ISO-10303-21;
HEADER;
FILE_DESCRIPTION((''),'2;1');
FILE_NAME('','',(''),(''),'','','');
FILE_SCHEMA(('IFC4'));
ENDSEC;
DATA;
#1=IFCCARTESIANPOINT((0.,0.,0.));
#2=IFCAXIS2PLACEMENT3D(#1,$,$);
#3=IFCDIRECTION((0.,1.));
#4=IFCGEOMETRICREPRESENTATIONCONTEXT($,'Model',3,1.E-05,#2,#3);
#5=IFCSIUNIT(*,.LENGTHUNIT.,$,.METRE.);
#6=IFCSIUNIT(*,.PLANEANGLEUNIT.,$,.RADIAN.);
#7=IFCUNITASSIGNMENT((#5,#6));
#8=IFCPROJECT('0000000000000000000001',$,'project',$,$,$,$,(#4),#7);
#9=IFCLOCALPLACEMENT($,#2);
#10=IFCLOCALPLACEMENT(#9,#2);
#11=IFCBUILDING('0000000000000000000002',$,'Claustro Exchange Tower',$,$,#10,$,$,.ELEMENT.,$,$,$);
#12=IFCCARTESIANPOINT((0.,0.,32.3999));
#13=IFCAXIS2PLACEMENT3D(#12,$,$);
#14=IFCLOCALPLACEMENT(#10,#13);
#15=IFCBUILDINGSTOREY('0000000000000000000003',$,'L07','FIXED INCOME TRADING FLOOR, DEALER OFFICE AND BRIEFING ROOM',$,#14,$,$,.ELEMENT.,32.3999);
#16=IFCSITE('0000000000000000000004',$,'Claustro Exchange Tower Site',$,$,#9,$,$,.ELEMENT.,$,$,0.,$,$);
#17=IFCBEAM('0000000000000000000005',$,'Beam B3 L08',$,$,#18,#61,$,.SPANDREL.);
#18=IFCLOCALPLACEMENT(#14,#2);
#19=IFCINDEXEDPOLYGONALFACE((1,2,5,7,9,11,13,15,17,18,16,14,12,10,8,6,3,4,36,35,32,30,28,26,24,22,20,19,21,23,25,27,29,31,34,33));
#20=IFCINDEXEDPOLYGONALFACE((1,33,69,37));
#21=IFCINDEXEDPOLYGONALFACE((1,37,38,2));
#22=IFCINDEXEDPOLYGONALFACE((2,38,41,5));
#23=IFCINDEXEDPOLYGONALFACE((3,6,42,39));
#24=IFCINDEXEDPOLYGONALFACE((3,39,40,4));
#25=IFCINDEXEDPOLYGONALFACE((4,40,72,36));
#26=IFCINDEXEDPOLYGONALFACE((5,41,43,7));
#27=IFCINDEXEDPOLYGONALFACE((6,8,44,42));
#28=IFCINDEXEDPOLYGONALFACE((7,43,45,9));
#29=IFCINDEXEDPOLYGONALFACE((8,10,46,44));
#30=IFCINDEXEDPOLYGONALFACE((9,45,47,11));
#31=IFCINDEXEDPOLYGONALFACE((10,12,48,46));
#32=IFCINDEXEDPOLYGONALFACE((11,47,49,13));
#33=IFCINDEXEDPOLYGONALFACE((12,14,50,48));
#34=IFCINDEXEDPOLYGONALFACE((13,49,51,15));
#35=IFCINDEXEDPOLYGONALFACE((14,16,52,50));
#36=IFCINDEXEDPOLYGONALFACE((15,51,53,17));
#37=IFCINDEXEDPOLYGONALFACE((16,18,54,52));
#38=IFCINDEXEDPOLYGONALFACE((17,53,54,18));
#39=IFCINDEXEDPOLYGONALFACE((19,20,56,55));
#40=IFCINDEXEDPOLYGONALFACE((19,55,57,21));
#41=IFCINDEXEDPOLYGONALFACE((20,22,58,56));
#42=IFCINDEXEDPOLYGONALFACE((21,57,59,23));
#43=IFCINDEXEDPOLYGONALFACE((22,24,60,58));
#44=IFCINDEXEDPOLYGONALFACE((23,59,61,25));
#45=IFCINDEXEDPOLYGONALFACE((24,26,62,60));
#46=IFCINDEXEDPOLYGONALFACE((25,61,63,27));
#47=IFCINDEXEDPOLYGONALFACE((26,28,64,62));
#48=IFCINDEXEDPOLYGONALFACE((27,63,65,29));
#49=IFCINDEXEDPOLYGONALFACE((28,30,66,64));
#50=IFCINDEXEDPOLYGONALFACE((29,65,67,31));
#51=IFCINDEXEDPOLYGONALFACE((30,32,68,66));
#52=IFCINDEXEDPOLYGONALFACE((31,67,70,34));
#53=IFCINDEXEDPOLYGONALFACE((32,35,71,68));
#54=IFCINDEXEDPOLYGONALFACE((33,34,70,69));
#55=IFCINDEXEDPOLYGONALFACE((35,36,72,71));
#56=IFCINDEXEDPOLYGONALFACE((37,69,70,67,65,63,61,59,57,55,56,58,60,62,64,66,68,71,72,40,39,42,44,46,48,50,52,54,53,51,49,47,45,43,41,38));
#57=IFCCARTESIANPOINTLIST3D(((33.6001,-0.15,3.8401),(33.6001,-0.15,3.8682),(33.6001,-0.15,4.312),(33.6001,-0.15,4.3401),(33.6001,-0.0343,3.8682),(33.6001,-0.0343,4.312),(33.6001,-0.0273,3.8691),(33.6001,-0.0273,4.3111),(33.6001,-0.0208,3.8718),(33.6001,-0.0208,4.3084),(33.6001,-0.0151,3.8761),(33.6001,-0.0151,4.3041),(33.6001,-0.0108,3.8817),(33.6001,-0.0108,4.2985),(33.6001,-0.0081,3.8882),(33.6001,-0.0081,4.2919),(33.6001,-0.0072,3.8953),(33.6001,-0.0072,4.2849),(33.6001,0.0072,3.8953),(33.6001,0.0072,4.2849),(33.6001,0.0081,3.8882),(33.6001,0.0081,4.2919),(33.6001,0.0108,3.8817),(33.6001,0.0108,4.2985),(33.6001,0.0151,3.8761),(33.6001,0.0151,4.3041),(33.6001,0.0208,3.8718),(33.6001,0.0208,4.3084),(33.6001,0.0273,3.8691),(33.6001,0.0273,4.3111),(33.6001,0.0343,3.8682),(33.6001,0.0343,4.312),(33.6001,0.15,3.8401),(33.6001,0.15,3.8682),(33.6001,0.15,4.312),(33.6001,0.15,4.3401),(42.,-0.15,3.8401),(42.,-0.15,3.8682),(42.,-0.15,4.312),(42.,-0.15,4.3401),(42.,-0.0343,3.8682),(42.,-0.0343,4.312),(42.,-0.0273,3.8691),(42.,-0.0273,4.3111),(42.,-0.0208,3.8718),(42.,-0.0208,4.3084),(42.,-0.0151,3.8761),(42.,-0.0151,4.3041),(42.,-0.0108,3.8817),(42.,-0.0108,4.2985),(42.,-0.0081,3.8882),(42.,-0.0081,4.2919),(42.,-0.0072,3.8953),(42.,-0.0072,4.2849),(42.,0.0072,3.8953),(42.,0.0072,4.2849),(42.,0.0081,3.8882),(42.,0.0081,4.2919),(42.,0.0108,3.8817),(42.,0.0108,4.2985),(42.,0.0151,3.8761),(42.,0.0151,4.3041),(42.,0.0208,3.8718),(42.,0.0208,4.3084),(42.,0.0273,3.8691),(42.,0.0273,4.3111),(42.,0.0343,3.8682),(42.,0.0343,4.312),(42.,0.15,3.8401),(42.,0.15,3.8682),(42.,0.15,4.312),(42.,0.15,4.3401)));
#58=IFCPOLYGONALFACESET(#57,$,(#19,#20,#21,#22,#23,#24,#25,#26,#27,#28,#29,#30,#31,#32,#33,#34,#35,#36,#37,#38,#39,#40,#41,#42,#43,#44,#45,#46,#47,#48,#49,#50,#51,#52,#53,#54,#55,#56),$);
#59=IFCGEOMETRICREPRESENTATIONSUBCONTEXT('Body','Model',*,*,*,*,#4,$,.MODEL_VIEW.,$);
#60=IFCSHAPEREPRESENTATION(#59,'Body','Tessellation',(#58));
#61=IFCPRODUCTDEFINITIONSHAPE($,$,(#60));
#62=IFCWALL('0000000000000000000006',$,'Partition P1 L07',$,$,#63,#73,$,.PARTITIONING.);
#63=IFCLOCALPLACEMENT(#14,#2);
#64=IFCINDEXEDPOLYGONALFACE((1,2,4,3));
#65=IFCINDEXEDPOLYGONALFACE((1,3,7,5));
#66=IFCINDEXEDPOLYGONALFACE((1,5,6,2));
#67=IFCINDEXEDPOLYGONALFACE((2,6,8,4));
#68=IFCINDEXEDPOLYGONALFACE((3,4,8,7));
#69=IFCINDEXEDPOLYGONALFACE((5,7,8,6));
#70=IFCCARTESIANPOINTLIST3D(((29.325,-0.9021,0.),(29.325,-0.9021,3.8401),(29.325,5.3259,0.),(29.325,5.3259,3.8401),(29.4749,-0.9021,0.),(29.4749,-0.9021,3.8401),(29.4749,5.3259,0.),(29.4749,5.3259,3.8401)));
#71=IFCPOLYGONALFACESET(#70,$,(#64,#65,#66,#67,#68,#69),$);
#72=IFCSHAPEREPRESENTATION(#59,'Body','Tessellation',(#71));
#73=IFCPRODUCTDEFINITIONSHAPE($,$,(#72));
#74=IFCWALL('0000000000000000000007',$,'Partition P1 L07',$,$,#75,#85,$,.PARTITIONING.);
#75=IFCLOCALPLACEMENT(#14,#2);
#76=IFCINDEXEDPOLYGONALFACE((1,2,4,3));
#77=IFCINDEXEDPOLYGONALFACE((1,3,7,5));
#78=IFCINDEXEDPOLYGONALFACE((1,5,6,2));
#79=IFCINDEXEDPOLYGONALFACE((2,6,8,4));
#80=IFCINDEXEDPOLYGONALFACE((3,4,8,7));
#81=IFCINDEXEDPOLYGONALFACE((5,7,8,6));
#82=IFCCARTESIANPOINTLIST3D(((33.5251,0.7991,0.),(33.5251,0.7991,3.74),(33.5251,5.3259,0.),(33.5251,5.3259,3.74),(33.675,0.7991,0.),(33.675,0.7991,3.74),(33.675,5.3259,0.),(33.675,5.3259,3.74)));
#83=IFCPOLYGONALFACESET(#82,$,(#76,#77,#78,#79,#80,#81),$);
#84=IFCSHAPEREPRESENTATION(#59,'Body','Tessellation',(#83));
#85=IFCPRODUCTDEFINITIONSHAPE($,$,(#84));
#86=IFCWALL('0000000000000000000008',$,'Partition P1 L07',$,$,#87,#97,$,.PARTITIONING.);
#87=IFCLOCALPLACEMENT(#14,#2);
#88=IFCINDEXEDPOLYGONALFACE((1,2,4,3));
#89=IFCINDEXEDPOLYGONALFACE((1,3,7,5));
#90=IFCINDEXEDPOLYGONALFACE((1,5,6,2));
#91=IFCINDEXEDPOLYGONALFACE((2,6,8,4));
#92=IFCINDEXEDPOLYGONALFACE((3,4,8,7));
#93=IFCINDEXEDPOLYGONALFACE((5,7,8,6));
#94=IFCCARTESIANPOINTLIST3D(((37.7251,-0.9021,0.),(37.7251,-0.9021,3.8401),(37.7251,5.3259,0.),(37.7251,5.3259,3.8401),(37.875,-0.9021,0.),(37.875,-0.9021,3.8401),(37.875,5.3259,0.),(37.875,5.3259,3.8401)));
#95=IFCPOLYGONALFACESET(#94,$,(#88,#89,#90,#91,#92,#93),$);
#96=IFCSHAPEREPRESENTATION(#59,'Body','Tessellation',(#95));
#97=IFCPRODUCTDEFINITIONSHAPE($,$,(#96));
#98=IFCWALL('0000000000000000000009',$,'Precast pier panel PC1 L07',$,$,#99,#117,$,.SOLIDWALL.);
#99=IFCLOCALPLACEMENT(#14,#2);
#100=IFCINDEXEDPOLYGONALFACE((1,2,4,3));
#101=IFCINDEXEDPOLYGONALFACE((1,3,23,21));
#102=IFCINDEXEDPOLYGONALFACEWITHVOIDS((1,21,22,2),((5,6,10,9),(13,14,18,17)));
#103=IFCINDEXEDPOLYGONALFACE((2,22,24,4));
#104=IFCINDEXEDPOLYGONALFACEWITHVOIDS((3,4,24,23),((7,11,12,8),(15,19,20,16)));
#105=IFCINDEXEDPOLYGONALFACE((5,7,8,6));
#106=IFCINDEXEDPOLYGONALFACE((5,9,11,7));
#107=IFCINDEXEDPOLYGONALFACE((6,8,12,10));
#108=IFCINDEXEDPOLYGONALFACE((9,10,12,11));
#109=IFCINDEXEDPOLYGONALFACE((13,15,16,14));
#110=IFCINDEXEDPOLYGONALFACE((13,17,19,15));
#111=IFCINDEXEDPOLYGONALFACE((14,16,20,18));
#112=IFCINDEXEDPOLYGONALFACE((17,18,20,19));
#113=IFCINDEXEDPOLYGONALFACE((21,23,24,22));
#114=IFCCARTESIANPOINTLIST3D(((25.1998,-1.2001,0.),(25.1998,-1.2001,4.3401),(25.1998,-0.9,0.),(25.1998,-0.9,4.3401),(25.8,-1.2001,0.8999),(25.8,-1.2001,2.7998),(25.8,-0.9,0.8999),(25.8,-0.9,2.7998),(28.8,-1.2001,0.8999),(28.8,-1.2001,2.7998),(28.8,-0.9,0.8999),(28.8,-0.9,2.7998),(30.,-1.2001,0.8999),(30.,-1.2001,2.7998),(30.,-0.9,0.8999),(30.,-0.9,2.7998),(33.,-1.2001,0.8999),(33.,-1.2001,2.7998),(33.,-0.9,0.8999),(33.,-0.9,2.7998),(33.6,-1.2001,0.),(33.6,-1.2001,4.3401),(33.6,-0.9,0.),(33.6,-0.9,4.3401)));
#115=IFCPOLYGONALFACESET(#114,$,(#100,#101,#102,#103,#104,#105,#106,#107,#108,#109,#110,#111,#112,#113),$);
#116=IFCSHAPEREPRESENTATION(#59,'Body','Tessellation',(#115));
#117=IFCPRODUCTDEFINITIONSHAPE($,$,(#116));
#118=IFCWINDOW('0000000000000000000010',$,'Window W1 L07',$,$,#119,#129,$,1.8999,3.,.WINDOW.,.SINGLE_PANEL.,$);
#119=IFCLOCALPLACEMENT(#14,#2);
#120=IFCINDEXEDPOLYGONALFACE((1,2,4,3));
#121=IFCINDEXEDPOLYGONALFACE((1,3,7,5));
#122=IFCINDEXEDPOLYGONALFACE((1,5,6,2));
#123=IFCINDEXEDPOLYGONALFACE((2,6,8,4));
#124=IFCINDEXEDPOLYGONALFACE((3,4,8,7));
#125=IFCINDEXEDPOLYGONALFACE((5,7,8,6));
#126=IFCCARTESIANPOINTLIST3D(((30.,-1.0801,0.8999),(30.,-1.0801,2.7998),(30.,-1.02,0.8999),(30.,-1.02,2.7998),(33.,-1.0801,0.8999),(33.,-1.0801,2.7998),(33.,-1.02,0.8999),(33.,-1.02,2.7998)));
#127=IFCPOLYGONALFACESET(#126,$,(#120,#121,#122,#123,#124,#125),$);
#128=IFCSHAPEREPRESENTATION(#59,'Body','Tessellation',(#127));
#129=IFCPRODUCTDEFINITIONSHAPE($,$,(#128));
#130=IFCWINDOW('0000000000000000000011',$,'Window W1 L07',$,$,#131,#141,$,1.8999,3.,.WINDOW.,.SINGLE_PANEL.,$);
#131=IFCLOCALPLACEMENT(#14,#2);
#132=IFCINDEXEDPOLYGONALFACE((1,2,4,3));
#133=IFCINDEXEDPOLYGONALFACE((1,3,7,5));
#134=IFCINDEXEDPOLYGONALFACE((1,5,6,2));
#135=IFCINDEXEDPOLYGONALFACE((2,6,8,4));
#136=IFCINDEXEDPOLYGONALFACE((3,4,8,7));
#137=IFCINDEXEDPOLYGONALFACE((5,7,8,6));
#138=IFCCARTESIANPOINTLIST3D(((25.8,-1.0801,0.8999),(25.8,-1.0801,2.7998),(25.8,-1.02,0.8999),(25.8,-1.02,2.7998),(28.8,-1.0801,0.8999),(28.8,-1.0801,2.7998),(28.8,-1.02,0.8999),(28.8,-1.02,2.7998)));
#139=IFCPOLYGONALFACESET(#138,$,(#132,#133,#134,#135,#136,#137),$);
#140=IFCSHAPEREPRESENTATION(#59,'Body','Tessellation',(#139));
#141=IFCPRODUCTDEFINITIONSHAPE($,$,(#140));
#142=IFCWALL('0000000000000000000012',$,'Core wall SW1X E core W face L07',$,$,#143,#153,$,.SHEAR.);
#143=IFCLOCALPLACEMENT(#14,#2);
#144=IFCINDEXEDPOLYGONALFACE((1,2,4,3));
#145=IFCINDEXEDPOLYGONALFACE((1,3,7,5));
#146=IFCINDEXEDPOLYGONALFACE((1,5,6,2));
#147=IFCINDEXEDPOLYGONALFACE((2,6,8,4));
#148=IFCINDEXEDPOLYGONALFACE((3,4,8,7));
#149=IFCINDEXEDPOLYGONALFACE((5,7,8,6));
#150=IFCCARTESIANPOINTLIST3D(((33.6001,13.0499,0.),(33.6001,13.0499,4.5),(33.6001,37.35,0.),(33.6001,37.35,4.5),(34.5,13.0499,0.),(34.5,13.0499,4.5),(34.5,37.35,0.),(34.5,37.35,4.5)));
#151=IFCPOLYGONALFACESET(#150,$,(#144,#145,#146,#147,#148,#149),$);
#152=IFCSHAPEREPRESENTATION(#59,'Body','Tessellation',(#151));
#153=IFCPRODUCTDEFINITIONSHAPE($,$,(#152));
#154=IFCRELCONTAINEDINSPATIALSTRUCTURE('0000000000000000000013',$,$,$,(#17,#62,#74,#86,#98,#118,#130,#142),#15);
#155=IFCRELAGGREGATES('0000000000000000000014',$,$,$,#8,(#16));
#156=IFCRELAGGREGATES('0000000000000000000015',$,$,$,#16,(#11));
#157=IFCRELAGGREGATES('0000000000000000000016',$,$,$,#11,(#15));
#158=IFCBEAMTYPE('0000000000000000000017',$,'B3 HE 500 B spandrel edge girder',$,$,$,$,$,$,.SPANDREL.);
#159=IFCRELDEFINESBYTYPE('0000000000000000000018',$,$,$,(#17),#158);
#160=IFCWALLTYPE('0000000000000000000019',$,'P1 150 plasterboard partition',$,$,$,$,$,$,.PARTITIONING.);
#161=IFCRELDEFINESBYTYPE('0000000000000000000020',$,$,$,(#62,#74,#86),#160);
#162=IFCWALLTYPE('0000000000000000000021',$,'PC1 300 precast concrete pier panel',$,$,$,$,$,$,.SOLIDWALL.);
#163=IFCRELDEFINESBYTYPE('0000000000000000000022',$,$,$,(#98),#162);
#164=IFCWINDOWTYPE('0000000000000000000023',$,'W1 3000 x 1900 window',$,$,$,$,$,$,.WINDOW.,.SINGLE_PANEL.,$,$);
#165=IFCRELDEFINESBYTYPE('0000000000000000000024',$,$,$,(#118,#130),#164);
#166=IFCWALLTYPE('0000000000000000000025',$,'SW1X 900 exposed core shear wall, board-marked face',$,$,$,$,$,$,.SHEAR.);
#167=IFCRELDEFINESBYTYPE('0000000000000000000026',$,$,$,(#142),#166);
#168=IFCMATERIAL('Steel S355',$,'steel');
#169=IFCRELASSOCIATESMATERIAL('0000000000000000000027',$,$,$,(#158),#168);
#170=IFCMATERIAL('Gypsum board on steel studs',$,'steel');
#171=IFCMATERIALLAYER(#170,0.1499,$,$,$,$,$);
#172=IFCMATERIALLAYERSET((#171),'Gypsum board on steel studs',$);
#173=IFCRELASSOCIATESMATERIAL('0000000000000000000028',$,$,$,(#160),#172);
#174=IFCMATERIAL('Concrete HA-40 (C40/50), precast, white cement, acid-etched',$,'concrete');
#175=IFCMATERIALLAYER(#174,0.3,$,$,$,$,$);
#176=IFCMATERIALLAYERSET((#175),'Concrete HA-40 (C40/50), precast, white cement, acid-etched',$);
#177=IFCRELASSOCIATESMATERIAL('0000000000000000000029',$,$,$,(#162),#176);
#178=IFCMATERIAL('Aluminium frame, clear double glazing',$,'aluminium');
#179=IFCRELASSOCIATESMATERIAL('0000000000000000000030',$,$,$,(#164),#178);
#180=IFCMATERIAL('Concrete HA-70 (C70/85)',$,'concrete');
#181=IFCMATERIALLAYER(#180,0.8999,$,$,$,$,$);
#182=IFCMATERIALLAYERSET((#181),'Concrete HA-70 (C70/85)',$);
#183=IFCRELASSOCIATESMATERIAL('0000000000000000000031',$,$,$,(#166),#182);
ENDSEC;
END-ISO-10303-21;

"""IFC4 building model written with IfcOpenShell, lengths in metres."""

from ifc_helpers import new_model, si_unit, direction, frame, frame_2d, origin, origin_2d, place, context, subcontext, project, spatial, rectangle, i_section, extrude, material, layer, layer_set, material_profile, profile_set, type_object, element, fill, save


model = new_model("IFC4")

# Units and contexts
model_context = context("Model", 3, precision=1e-05, world=origin(), true_north=direction((0.0, 1.0)))
body_context = subcontext(model_context, "Body", "Model", "MODEL_VIEW")
ifc_project = project(units=[si_unit("LENGTHUNIT", "METRE"), si_unit("PLANEANGLEUNIT", "RADIAN")], contexts=[model_context])

# Site, building, storey
site_placement = place(None, origin())
site = spatial("IfcSite", under=ifc_project, at=site_placement, Name="Claustro Exchange Tower Site", CompositionType="ELEMENT", RefElevation=0.0)
building_placement = place(site_placement, origin())
building = spatial("IfcBuilding", under=site, at=building_placement, Name="Claustro Exchange Tower", CompositionType="ELEMENT")
storey_placement = place(building_placement, frame((0.0, 0.0, 32.3999)))
storey = spatial("IfcBuildingStorey", under=building, at=storey_placement, Name="L07", Description="FIXED INCOME TRADING FLOOR, DEALER OFFICE AND BRIEFING ROOM", CompositionType="ELEMENT", Elevation=32.3999)

# Beam
ifc_material_1 = material(Name="Steel S355", Category="steel")
ifc_material_profile_1 = material_profile(ifc_material_1, i_section(OverallWidth=0.3, OverallDepth=0.5, WebThickness=0.0144, FlangeThickness=0.0281, FilletRadius=0.0271, at=origin_2d()), Name="HE 500 B")
ifc_profile_set_1 = profile_set([ifc_material_profile_1], Name="Steel S355")
beam_type_1 = type_object("IfcBeamType", Name="B3 HE 500 B spandrel edge girder", PredefinedType="SPANDREL", material=ifc_profile_set_1)
beam_1_placement = place(storey_placement, frame((33.6001, 0.0, 4.0901), z_axis=(1.0, 0.0, 0.0), x_axis=(0.0, 1.0, 0.0)))
element("IfcBeam", 1, at=beam_1_placement, inside=storey, type_object=beam_type_1, Name="Beam B3 L08", PredefinedType="SPANDREL", context=body_context, shape_type="SweptSolid", body=[
    extrude(i_section(OverallWidth=0.3, OverallDepth=0.5, WebThickness=0.0144, FlangeThickness=0.0281, FilletRadius=0.0271, at=origin_2d()), origin(), (0.0, 0.0, 1.0), 8.3999),
])

# Walls
ifc_material_2 = material(Name="Gypsum board on steel studs", Category="steel")
ifc_layer_1 = layer(ifc_material_2, 0.1499)
ifc_layer_set_1 = layer_set([ifc_layer_1], Name="Gypsum board on steel studs")
wall_type_1 = type_object("IfcWallType", Name="P1 150 plasterboard partition", PredefinedType="PARTITIONING", material=ifc_layer_set_1)
wall_1_placement = place(storey_placement, frame((29.3999, -0.9021, 0.0), z_axis=(0.0, 0.0, 1.0), x_axis=(0.0, 1.0, 0.0)))
element("IfcWall", 2, at=wall_1_placement, inside=storey, type_object=wall_type_1, Name="Partition P1 L07", PredefinedType="PARTITIONING", context=body_context, shape_type="SweptSolid", body=[
    extrude(rectangle(XDim=6.228, YDim=0.1499, at=frame_2d((3.114, 0.0))), origin(), (0.0, 0.0, 1.0), 3.8401),
])
wall_2_placement = place(storey_placement, frame((33.6001, 0.7991, 0.0), z_axis=(0.0, 0.0, 1.0), x_axis=(0.0, 1.0, 0.0)))
element("IfcWall", 3, at=wall_2_placement, inside=storey, type_object=wall_type_1, Name="Partition P1 L07", PredefinedType="PARTITIONING", context=body_context, shape_type="SweptSolid", body=[
    extrude(rectangle(XDim=4.5269, YDim=0.1499, at=frame_2d((2.2634, 0.0))), origin(), (0.0, 0.0, 1.0), 3.74),
])
wall_3_placement = place(storey_placement, frame((37.8, -0.9021, 0.0), z_axis=(0.0, 0.0, 1.0), x_axis=(0.0, 1.0, 0.0)))
element("IfcWall", 4, at=wall_3_placement, inside=storey, type_object=wall_type_1, Name="Partition P1 L07", PredefinedType="PARTITIONING", context=body_context, shape_type="SweptSolid", body=[
    extrude(rectangle(XDim=6.228, YDim=0.1499, at=frame_2d((3.114, 0.0))), origin(), (0.0, 0.0, 1.0), 3.8401),
])

# Wall, openings, windows
ifc_material_3 = material(Name="Concrete HA-40 (C40/50), precast, white cement, acid-etched", Category="concrete")
ifc_layer_2 = layer(ifc_material_3, 0.3)
ifc_layer_set_2 = layer_set([ifc_layer_2], Name="Concrete HA-40 (C40/50), precast, white cement, acid-etched")
wall_type_2 = type_object("IfcWallType", Name="PC1 300 precast concrete pier panel", PredefinedType="SOLIDWALL", material=ifc_layer_set_2)
wall_4_placement = place(storey_placement, frame((33.6001, -1.05, 0.0), z_axis=(0.0, 0.0, 1.0), x_axis=(-1.0, 0.0, 0.0)))
wall_4 = element("IfcWall", 5, at=wall_4_placement, inside=storey, type_object=wall_type_2, Name="Precast pier panel PC1 L07", PredefinedType="SOLIDWALL", context=body_context, shape_type="SweptSolid", body=[
    extrude(rectangle(XDim=8.4001, YDim=0.3, at=frame_2d((4.2002, 0.0))), origin(), (0.0, 0.0, 1.0), 4.3401),
])
opening_1_placement = place(wall_4_placement, frame((0.6001, 0.0, 0.8999)))
opening_1 = element("IfcOpeningElement", 6, at=opening_1_placement, cuts=wall_4, PredefinedType="OPENING", context=body_context, shape_type="SweptSolid", body=[
    extrude(rectangle(XDim=3.0, YDim=1.8999, at=frame_2d((1.5, 0.95))), frame((0.0, 0.1599, 0.0), z_axis=(0.0, -1.0, 0.0), x_axis=(1.0, 0.0, 0.0)), (0.0, 0.0, 1.0), 0.3201),
])
opening_2_placement = place(wall_4_placement, frame((4.8, 0.0, 0.8999)))
opening_2 = element("IfcOpeningElement", 7, at=opening_2_placement, cuts=wall_4, PredefinedType="OPENING", context=body_context, shape_type="SweptSolid", body=[
    extrude(rectangle(XDim=3.0, YDim=1.8999, at=frame_2d((1.5, 0.95))), frame((0.0, 0.1599, 0.0), z_axis=(0.0, -1.0, 0.0), x_axis=(1.0, 0.0, 0.0)), (0.0, 0.0, 1.0), 0.3201),
])
ifc_material_4 = material(Name="Aluminium frame, clear double glazing", Category="aluminium")
window_type = type_object("IfcWindowType", Name="W1 3000 x 1900 window", PartitioningType="SINGLE_PANEL", PredefinedType="WINDOW", material=ifc_material_4)
window_1_placement = place(opening_1_placement, origin())
window_1 = element("IfcWindow", 8, at=window_1_placement, inside=storey, type_object=window_type, Name="Window W1 L07", OverallHeight=1.8999, OverallWidth=3.0, PartitioningType="SINGLE_PANEL", PredefinedType="WINDOW", context=body_context, shape_type="SweptSolid", body=[
    extrude(rectangle(XDim=3.0, YDim=1.8999, at=frame_2d((1.5, 0.95))), frame((0.0, 0.03, 0.0), z_axis=(0.0, -1.0, 0.0), x_axis=(1.0, 0.0, 0.0)), (0.0, 0.0, 1.0), 0.0601),
])
fill(opening_1, window_1)
window_2_placement = place(opening_2_placement, origin())
window_2 = element("IfcWindow", 9, at=window_2_placement, inside=storey, type_object=window_type, Name="Window W1 L07", OverallHeight=1.8999, OverallWidth=3.0, PartitioningType="SINGLE_PANEL", PredefinedType="WINDOW", context=body_context, shape_type="SweptSolid", body=[
    extrude(rectangle(XDim=3.0, YDim=1.8999, at=frame_2d((1.5, 0.95))), frame((0.0, 0.03, 0.0), z_axis=(0.0, -1.0, 0.0), x_axis=(1.0, 0.0, 0.0)), (0.0, 0.0, 1.0), 0.0601),
])
fill(opening_2, window_2)

# Wall
ifc_material_5 = material(Name="Concrete HA-70 (C70/85)", Category="concrete")
ifc_layer_3 = layer(ifc_material_5, 0.8999)
ifc_layer_set_3 = layer_set([ifc_layer_3], Name="Concrete HA-70 (C70/85)")
wall_type_3 = type_object("IfcWallType", Name="SW1X 900 exposed core shear wall, board-marked face", PredefinedType="SHEAR", material=ifc_layer_set_3)
wall_5_placement = place(storey_placement, frame((34.05, 13.05, 0.0), z_axis=(0.0, 0.0, 1.0), x_axis=(0.0, 1.0, 0.0)))
element("IfcWall", 10, at=wall_5_placement, inside=storey, type_object=wall_type_3, Name="Core wall SW1X E core W face L07", PredefinedType="SHEAR", context=body_context, shape_type="SweptSolid", body=[
    extrude(rectangle(XDim=24.3, YDim=0.8999, at=frame_2d((12.1499, 0.0))), origin(), (0.0, 0.0, 1.0), 4.5),
])

save(model, "model.ifc")
